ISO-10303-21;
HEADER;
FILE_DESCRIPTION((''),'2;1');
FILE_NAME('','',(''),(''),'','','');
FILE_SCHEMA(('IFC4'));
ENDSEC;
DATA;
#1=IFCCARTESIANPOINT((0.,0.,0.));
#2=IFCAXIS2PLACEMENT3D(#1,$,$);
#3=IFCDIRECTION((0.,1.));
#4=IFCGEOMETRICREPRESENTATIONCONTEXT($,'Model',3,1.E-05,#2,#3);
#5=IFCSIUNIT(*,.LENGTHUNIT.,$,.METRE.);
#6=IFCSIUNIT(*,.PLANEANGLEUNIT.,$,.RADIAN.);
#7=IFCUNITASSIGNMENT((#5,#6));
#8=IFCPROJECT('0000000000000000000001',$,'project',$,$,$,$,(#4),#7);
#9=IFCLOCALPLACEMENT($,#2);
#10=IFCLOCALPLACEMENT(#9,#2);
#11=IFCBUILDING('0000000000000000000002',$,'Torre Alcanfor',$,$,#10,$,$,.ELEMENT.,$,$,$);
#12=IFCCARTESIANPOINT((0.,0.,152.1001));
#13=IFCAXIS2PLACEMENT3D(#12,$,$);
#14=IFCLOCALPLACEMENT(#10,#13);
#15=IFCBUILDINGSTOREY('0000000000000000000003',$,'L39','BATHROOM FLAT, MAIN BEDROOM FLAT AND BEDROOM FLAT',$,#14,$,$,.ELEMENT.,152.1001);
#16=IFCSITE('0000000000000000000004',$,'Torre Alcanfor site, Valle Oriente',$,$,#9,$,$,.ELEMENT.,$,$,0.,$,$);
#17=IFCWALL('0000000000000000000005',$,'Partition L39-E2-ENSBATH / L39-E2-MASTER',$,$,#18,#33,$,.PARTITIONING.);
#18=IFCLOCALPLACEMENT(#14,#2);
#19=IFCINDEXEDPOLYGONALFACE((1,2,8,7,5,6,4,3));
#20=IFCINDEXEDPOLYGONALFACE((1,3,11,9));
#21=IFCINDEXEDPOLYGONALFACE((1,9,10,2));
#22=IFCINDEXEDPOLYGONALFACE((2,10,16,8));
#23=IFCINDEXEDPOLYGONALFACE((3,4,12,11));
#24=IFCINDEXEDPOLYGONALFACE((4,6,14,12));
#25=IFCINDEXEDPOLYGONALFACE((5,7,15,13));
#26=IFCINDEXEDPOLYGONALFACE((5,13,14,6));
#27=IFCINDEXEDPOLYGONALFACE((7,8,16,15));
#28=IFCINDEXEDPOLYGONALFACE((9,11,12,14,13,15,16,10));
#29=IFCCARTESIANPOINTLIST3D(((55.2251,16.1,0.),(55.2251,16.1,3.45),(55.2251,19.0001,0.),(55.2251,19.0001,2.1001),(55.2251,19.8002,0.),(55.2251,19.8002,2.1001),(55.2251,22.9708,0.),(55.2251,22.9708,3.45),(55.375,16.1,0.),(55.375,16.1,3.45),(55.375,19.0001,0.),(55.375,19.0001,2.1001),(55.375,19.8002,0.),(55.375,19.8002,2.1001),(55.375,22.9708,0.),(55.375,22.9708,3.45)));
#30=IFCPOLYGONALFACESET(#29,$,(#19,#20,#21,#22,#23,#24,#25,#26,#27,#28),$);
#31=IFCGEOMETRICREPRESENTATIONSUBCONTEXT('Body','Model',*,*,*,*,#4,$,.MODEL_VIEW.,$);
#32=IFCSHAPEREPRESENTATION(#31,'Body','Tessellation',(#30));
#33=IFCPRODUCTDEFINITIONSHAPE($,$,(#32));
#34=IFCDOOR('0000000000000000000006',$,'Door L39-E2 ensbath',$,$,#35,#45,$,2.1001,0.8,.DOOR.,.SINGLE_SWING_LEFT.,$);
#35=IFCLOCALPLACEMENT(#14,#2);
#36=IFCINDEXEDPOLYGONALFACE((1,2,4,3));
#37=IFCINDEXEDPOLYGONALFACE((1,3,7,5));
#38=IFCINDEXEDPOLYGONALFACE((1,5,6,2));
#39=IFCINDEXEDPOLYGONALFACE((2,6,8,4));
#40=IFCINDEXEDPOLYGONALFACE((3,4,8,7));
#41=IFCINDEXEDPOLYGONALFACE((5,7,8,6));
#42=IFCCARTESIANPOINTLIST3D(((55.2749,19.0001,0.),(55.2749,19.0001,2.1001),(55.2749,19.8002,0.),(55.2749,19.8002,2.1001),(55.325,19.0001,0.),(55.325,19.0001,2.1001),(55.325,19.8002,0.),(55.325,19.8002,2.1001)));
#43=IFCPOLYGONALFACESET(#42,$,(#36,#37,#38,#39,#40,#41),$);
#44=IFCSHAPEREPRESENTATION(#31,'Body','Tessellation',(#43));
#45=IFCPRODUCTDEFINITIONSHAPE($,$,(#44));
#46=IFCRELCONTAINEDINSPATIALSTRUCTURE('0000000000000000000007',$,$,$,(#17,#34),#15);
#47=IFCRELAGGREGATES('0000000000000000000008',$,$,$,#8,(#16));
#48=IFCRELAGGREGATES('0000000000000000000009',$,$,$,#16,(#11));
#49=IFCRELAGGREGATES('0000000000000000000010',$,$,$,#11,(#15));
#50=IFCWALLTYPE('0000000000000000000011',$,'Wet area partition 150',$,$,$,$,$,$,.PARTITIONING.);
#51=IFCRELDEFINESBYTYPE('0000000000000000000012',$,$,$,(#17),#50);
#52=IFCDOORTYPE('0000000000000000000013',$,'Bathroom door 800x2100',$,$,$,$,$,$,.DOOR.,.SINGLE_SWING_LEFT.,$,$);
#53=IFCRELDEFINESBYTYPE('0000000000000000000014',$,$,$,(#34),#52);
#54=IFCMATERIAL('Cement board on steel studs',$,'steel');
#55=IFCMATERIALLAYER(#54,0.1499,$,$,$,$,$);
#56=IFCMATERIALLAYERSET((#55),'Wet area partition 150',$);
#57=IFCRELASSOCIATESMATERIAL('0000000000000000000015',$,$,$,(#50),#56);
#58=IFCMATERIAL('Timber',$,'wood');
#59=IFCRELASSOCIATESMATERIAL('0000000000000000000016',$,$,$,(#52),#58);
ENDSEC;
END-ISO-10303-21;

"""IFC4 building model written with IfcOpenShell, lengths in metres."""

from ifc_helpers import new_model, si_unit, direction, frame, frame_2d, origin, place, context, subcontext, project, spatial, rectangle, extrude, material, layer, layer_set, type_object, element, fill, save


model = new_model("IFC4")

# Units and contexts
model_context = context("Model", 3, precision=1e-05, world=origin(), true_north=direction((0.0, 1.0)))
body_context = subcontext(model_context, "Body", "Model", "MODEL_VIEW")
ifc_project = project(units=[si_unit("LENGTHUNIT", "METRE"), si_unit("PLANEANGLEUNIT", "RADIAN")], contexts=[model_context])

# Site, building, storey
site_placement = place(None, origin())
site = spatial("IfcSite", under=ifc_project, at=site_placement, Name="Torre Alcanfor site, Valle Oriente", CompositionType="ELEMENT", RefElevation=0.0)
building_placement = place(site_placement, origin())
building = spatial("IfcBuilding", under=site, at=building_placement, Name="Torre Alcanfor", CompositionType="ELEMENT")
storey_placement = place(building_placement, frame((0.0, 0.0, 152.1001)))
storey = spatial("IfcBuildingStorey", under=building, at=storey_placement, Name="L39", Description="BATHROOM FLAT, MAIN BEDROOM FLAT AND BEDROOM FLAT", CompositionType="ELEMENT", Elevation=152.1001)

# Shared definitions
ifc_material_1 = material(Name="Cement board on steel studs", Category="steel")
ifc_layer_1 = layer(ifc_material_1, 0.1499)
ifc_layer_set_1 = layer_set([ifc_layer_1], Name="Wet area partition 150")
wall_type_1 = type_object("IfcWallType", Name="Wet area partition 150", PredefinedType="PARTITIONING", material=ifc_layer_set_1)

# Wall, opening, door
wall_1_placement = place(storey_placement, frame((55.3, 22.9709, 0.0), z_axis=(0.0, 0.0, 1.0), x_axis=(0.0, -1.0, 0.0)))
wall_1 = element("IfcWall", 1, at=wall_1_placement, inside=storey, type_object=wall_type_1, Name="Partition L39-E2-ENSBATH / L39-E2-MASTER", PredefinedType="PARTITIONING", context=body_context, shape_type="SweptSolid", body=[
    extrude(rectangle(XDim=6.8708, YDim=0.1499, at=frame_2d((3.4355, 0.0))), origin(), (0.0, 0.0, 1.0), 3.45),
])
opening_1_placement = place(wall_1_placement, frame((3.1709, 0.0, 0.0)))
opening_1 = element("IfcOpeningElement", 2, at=opening_1_placement, cuts=wall_1, PredefinedType="OPENING", context=body_context, shape_type="SweptSolid", body=[
    extrude(rectangle(XDim=0.8, YDim=2.1001, at=frame_2d((0.3999, 1.05))), frame((0.0, 0.085, 0.0), z_axis=(0.0, -1.0, 0.0), x_axis=(1.0, 0.0, 0.0)), (0.0, 0.0, 1.0), 0.1699),
])
ifc_material_2 = material(Name="Timber", Category="wood")
door_type_1 = type_object("IfcDoorType", Name="Bathroom door 800x2100", OperationType="SINGLE_SWING_LEFT", PredefinedType="DOOR", material=ifc_material_2)
door_1_placement = place(opening_1_placement, frame((0.8, 0.0, 0.0), z_axis=(0.0, 0.0, 1.0), x_axis=(-1.0, 0.0, 0.0)))
door_1 = element("IfcDoor", 3, at=door_1_placement, inside=storey, type_object=door_type_1, Name="Door L39-E2 ensbath", OperationType="SINGLE_SWING_LEFT", OverallHeight=2.1001, OverallWidth=0.8, PredefinedType="DOOR", context=body_context, shape_type="SweptSolid", body=[
    extrude(rectangle(XDim=0.8, YDim=2.1001, at=frame_2d((0.4001, 1.05))), frame((0.0, 0.0251, 0.0), z_axis=(0.0, -1.0, 0.0), x_axis=(1.0, 0.0, 0.0)), (0.0, 0.0, 1.0), 0.05),
])
fill(opening_1, door_1)

save(model, "model.ifc")
